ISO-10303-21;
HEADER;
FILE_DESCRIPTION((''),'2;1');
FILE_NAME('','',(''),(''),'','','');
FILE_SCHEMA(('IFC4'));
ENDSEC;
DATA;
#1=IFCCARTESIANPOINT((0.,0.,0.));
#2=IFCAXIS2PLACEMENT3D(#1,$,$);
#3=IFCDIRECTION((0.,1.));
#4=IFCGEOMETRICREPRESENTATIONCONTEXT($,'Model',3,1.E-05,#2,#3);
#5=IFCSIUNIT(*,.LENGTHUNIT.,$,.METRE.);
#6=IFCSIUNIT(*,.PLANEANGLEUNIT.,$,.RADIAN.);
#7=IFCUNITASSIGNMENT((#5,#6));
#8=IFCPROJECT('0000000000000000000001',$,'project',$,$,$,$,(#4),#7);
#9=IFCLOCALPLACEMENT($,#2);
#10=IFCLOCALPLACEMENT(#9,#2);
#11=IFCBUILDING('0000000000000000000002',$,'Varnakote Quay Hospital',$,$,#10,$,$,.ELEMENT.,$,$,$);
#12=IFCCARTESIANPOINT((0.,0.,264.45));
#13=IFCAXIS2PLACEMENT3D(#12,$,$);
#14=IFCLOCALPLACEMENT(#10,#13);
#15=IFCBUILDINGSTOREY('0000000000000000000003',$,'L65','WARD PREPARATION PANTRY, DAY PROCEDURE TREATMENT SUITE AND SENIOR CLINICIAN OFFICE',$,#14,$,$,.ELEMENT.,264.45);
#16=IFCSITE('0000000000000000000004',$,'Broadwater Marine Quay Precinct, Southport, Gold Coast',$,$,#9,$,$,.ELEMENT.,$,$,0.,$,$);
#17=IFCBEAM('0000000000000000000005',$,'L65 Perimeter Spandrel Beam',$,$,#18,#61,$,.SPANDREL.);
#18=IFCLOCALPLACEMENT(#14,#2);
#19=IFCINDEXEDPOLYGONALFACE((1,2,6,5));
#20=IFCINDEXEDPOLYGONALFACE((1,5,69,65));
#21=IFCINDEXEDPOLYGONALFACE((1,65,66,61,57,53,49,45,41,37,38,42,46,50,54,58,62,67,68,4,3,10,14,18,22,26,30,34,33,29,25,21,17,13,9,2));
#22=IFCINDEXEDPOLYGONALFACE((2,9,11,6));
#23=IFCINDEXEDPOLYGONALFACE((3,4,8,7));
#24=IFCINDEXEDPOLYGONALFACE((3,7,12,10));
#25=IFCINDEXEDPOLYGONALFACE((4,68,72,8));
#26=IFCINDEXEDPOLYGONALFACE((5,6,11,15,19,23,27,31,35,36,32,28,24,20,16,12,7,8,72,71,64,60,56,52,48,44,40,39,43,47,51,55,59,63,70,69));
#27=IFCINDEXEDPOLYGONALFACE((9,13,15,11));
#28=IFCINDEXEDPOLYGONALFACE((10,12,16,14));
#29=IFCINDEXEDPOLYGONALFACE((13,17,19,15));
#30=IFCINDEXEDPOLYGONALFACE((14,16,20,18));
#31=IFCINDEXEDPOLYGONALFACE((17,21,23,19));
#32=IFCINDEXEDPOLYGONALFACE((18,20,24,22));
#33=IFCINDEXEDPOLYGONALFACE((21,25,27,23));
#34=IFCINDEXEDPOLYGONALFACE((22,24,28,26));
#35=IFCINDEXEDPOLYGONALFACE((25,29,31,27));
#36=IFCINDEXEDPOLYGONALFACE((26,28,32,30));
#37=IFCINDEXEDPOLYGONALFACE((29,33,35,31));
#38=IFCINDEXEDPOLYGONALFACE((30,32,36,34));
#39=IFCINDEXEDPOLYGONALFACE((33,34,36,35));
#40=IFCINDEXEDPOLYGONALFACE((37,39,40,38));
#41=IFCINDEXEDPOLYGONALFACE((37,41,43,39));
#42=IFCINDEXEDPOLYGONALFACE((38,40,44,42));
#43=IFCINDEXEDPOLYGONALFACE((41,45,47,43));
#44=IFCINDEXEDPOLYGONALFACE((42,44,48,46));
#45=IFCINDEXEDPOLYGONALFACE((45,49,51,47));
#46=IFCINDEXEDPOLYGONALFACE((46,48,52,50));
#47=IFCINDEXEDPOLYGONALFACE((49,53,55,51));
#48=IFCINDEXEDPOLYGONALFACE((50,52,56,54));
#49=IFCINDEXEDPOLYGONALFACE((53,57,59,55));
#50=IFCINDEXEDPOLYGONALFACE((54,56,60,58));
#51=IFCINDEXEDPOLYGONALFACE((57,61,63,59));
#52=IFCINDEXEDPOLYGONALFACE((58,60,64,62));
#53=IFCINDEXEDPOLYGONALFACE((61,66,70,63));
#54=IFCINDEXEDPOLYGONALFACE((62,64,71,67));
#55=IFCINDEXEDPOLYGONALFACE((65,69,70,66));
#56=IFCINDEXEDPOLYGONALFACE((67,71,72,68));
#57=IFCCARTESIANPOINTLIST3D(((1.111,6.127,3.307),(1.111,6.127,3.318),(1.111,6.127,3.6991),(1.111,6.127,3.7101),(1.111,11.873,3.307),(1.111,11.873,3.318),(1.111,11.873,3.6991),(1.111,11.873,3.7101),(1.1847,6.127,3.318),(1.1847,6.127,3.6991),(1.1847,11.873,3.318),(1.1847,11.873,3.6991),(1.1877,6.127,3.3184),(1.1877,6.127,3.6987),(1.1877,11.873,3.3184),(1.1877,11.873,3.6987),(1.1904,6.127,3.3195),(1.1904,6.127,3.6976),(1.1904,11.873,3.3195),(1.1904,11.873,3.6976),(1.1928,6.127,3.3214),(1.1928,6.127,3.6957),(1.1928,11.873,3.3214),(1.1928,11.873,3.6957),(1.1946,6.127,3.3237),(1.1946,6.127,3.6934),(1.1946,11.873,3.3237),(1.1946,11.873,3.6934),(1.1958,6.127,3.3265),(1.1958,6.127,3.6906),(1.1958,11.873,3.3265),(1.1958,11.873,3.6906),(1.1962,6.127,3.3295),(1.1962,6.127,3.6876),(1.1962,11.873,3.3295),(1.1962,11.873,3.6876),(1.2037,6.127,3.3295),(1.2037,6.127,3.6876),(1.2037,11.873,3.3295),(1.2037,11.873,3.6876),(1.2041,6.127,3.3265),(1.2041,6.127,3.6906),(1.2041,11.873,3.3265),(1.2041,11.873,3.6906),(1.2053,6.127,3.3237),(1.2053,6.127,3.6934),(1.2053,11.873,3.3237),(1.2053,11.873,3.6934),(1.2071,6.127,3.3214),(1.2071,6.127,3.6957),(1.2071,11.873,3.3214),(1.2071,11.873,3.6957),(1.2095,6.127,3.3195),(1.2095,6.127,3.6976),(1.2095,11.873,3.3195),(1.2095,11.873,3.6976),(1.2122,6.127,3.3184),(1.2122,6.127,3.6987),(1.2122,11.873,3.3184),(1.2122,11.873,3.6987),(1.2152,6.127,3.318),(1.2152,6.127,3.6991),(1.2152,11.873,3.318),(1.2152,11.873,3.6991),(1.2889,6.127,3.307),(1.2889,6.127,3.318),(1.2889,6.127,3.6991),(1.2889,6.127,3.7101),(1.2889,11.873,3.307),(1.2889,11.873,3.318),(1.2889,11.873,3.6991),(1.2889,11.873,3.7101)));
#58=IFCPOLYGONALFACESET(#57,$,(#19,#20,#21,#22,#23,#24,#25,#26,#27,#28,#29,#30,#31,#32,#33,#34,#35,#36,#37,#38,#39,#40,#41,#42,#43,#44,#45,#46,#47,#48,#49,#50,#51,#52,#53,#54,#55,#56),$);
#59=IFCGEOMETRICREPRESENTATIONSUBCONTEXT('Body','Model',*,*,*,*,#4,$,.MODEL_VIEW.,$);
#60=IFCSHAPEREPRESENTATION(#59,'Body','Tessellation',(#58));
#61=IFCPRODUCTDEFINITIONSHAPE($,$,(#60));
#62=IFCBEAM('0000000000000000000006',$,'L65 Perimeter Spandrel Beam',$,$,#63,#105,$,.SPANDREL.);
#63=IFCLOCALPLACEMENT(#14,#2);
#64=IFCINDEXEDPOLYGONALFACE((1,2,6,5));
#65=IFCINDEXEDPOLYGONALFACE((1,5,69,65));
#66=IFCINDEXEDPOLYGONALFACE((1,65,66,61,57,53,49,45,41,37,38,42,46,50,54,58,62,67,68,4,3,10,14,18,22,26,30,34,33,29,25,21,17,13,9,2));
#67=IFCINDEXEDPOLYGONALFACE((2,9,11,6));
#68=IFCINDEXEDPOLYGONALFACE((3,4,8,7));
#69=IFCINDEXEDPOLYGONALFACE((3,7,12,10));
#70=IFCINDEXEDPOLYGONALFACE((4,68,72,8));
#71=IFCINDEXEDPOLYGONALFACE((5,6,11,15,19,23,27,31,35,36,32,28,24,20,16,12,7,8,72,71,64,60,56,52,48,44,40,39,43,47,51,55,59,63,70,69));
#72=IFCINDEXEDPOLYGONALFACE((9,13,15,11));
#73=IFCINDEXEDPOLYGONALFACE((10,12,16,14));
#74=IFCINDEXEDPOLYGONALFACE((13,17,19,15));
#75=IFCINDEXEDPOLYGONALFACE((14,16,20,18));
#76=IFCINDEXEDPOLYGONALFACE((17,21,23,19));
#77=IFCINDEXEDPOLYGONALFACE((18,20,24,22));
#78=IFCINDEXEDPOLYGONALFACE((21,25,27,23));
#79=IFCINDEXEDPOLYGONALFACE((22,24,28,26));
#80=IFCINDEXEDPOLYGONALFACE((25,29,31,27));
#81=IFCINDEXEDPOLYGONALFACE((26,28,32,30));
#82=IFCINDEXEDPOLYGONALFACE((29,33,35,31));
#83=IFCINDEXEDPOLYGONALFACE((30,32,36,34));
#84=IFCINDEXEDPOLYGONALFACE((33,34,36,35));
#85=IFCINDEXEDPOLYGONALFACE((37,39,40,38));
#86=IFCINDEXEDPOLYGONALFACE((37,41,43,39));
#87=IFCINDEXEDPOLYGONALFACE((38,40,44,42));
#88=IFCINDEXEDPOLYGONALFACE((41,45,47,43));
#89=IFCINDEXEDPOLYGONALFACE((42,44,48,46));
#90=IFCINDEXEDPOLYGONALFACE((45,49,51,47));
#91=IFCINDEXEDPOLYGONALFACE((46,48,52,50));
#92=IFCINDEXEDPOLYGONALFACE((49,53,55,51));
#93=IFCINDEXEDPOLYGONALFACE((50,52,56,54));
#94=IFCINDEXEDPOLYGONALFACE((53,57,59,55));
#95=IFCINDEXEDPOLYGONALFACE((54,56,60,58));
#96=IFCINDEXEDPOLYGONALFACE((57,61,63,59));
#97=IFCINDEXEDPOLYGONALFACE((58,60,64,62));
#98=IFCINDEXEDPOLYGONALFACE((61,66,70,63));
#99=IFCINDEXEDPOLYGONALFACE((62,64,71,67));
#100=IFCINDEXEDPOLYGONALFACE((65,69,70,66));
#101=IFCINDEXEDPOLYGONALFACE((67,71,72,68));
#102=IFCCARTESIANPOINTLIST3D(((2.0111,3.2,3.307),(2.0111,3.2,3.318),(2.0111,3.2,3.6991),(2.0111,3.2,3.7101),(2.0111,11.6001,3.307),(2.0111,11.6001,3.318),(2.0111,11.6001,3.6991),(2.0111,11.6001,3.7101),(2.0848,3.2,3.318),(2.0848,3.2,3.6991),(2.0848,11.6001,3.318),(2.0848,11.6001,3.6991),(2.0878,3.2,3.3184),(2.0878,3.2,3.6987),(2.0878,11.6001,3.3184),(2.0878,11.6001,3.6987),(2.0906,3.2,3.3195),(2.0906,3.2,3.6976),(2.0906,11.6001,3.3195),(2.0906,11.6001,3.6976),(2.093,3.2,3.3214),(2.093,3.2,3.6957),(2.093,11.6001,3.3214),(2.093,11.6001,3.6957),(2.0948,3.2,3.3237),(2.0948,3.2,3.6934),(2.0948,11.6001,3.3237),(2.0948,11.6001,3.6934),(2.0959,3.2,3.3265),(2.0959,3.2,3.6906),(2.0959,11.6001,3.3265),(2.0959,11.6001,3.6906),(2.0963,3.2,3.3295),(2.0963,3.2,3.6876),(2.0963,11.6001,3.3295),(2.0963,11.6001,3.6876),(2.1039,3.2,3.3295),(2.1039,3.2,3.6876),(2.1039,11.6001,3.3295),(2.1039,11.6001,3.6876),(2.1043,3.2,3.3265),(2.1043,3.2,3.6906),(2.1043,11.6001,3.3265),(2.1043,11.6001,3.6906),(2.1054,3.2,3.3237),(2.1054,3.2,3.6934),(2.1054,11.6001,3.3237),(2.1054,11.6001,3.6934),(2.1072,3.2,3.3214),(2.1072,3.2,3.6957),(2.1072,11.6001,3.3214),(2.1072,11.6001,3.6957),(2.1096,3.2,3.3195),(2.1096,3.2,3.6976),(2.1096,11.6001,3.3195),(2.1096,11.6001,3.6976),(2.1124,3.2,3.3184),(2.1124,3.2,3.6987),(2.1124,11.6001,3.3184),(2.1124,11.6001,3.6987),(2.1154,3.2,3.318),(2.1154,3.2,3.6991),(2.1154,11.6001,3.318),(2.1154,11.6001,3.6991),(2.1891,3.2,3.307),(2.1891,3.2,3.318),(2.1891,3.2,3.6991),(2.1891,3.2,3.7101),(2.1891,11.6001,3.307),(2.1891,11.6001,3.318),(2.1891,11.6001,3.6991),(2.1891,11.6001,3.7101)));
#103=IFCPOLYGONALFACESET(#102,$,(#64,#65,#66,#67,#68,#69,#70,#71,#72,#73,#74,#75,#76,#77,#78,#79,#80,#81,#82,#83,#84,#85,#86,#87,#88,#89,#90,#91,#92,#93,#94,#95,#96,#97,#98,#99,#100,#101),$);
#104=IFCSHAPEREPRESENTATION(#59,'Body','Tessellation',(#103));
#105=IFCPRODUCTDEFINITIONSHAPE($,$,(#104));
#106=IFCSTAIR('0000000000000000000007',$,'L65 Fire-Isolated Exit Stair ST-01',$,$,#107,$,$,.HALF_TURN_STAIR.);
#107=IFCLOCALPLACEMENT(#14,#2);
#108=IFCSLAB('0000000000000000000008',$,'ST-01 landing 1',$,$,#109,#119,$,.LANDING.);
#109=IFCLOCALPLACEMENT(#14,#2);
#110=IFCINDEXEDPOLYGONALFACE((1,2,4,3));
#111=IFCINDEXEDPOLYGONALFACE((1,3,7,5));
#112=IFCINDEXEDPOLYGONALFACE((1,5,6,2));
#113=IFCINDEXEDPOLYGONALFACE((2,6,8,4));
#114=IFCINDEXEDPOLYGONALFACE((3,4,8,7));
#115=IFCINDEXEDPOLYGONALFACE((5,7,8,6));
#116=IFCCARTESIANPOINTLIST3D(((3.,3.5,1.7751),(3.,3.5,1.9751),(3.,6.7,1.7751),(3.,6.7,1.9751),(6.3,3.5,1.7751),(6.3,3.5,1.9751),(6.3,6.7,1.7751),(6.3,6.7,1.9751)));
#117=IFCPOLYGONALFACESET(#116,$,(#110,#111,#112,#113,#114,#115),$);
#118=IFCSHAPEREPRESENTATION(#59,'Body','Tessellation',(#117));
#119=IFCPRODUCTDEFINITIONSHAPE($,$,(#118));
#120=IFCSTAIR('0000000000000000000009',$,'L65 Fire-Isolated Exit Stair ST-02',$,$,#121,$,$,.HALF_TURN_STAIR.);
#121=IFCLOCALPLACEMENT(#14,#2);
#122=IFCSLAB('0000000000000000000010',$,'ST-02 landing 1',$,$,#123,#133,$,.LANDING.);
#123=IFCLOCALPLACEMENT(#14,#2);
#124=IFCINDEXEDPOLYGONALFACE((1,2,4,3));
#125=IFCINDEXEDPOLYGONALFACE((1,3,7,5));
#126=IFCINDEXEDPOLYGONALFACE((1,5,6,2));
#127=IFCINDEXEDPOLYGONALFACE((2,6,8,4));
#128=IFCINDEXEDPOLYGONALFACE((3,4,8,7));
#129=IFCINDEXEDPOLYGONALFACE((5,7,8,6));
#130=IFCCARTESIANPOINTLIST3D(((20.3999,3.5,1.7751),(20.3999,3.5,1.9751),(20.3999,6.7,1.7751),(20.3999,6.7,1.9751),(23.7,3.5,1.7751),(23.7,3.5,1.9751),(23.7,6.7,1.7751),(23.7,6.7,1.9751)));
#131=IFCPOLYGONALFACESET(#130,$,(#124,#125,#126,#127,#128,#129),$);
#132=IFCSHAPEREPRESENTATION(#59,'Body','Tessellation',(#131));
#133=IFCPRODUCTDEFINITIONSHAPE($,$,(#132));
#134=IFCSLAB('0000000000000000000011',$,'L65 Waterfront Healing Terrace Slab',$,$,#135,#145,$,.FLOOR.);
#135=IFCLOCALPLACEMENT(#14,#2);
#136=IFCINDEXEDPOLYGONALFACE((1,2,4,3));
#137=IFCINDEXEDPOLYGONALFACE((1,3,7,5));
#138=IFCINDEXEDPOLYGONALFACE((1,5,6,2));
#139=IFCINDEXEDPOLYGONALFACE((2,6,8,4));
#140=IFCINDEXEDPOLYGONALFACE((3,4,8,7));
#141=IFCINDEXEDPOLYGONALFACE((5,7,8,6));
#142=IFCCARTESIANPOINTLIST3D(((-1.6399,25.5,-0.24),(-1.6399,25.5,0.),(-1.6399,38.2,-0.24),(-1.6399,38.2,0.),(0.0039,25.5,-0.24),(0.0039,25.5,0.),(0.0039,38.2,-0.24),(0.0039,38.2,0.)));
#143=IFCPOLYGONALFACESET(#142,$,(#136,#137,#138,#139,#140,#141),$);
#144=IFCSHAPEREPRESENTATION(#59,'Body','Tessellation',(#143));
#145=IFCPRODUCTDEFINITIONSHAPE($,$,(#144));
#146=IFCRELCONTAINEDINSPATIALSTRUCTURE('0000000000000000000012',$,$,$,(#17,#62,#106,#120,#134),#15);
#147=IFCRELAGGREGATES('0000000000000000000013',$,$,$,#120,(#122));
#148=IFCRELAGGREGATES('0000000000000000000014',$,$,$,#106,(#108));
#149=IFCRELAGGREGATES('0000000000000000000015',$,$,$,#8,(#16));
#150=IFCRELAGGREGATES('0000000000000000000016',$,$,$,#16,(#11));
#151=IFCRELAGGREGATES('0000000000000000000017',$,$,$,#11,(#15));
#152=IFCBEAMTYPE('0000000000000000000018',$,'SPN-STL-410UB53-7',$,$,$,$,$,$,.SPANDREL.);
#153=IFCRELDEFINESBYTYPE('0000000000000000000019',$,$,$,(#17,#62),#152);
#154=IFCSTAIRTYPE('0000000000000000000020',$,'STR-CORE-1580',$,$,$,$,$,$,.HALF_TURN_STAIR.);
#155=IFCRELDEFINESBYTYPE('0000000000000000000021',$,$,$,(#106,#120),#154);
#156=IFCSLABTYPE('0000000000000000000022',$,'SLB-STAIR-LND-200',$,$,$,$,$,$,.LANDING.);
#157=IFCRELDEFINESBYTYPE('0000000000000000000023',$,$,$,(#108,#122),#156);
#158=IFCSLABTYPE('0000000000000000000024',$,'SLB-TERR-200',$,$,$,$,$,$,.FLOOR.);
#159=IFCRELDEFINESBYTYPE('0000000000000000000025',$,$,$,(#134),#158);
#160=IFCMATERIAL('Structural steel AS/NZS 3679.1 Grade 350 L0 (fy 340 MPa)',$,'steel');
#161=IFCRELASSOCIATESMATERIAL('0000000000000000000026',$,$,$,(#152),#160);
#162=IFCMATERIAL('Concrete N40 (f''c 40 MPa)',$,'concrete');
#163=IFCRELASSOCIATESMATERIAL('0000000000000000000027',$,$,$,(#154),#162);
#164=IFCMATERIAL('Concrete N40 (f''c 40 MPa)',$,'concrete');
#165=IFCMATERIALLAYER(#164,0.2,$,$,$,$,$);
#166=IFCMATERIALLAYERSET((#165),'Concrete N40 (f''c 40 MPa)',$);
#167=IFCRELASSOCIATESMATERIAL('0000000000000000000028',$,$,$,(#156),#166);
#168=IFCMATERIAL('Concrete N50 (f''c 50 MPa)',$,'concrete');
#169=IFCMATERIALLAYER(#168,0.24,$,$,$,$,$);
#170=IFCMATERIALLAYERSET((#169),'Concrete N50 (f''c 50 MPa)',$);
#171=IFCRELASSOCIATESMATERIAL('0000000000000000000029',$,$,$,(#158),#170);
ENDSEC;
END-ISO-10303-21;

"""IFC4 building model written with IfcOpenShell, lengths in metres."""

from ifc_helpers import new_model, si_unit, direction, frame, origin, origin_2d, place, context, subcontext, project, spatial, polyline, i_section, outline, extrude, material, layer, layer_set, material_profile, profile_set, type_object, element, aggregate, save


model = new_model("IFC4")

# Units and contexts
model_context = context("Model", 3, precision=1e-05, world=origin(), true_north=direction((0.0, 1.0)))
body_context = subcontext(model_context, "Body", "Model", "MODEL_VIEW")
ifc_project = project(units=[si_unit("LENGTHUNIT", "METRE"), si_unit("PLANEANGLEUNIT", "RADIAN")], contexts=[model_context])

# Site, building, storey
site_placement = place(None, origin())
site = spatial("IfcSite", under=ifc_project, at=site_placement, Name="Broadwater Marine Quay Precinct, Southport, Gold Coast", CompositionType="ELEMENT", RefElevation=0.0)
building_placement = place(site_placement, origin())
building = spatial("IfcBuilding", under=site, at=building_placement, Name="Varnakote Quay Hospital", CompositionType="ELEMENT")
storey_placement = place(building_placement, frame((0.0, 0.0, 264.45)))
storey = spatial("IfcBuildingStorey", under=building, at=storey_placement, Name="L65", Description="WARD PREPARATION PANTRY, DAY PROCEDURE TREATMENT SUITE AND SENIOR CLINICIAN OFFICE", CompositionType="ELEMENT", Elevation=264.45)

# Beams
ifc_material_1 = material(Name="Structural steel AS/NZS 3679.1 Grade 350 L0 (fy 340 MPa)", Category="steel")
ifc_material_profile_1 = material_profile(ifc_material_1, i_section(OverallWidth=0.178, OverallDepth=0.4031, WebThickness=0.0076, FlangeThickness=0.011, FilletRadius=0.0115, at=origin_2d()), Name="410UB53.7")
ifc_profile_set_1 = profile_set([ifc_material_profile_1], Name="Structural steel AS/NZS 3679.1 Grade 350 L0 (fy 340 MPa)")
beam_type_1 = type_object("IfcBeamType", Name="SPN-STL-410UB53-7", PredefinedType="SPANDREL", material=ifc_profile_set_1)
beam_1_placement = place(storey_placement, frame((1.2, 6.127, 3.5085), z_axis=(0.0, 1.0, 0.0), x_axis=(-1.0, 0.0, 0.0)))
element("IfcBeam", 1, at=beam_1_placement, inside=storey, type_object=beam_type_1, Name="L65 Perimeter Spandrel Beam", PredefinedType="SPANDREL", context=body_context, shape_type="SweptSolid", body=[
    extrude(i_section(OverallWidth=0.178, OverallDepth=0.4031, WebThickness=0.0076, FlangeThickness=0.011, FilletRadius=0.0115, at=origin_2d()), origin(), (0.0, 0.0, 1.0), 5.7461),
])
beam_2_placement = place(storey_placement, frame((2.1001, 3.2, 3.5085), z_axis=(0.0, 1.0, 0.0), x_axis=(-1.0, 0.0, 0.0)))
element("IfcBeam", 2, at=beam_2_placement, inside=storey, type_object=beam_type_1, Name="L65 Perimeter Spandrel Beam", PredefinedType="SPANDREL", context=body_context, shape_type="SweptSolid", body=[
    extrude(i_section(OverallWidth=0.178, OverallDepth=0.4031, WebThickness=0.0076, FlangeThickness=0.011, FilletRadius=0.0115, at=origin_2d()), origin(), (0.0, 0.0, 1.0), 8.4001),
])

# Stairs, slabs
ifc_material_2 = material(Name="Concrete N40 (f'c 40 MPa)", Category="concrete")
stair_type = type_object("IfcStairType", Name="STR-CORE-1580", PredefinedType="HALF_TURN_STAIR", material=ifc_material_2)
stair_1_placement = place(storey_placement, origin())
stair_1 = element("IfcStair", 3, at=stair_1_placement, inside=storey, type_object=stair_type, Name="L65 Fire-Isolated Exit Stair ST-01", PredefinedType="HALF_TURN_STAIR")
ifc_material_3 = material(Name="Concrete N40 (f'c 40 MPa)", Category="concrete")
ifc_layer_1 = layer(ifc_material_3, 0.2)
ifc_layer_set_1 = layer_set([ifc_layer_1], Name="Concrete N40 (f'c 40 MPa)")
slab_type_1 = type_object("IfcSlabType", Name="SLB-STAIR-LND-200", PredefinedType="LANDING", material=ifc_layer_set_1)
slab_1_placement = place(storey_placement, frame((0.0, 0.0, 1.7751)))
slab_1 = element("IfcSlab", 4, at=slab_1_placement, type_object=slab_type_1, Name="ST-01 landing 1", PredefinedType="LANDING", context=body_context, shape_type="SweptSolid", body=[
    extrude(outline(polyline([(3.0, 6.7), (3.0, 3.5), (6.3, 3.5), (6.3, 6.7), (3.0, 6.7)])), origin(), (0.0, 0.0, 1.0), 0.2),
])
stair_2_placement = place(storey_placement, origin())
stair_2 = element("IfcStair", 5, at=stair_2_placement, inside=storey, type_object=stair_type, Name="L65 Fire-Isolated Exit Stair ST-02", PredefinedType="HALF_TURN_STAIR")
slab_2_placement = place(storey_placement, frame((0.0, 0.0, 1.7751)))
slab_2 = element("IfcSlab", 6, at=slab_2_placement, type_object=slab_type_1, Name="ST-02 landing 1", PredefinedType="LANDING", context=body_context, shape_type="SweptSolid", body=[
    extrude(outline(polyline([(20.3999, 6.7), (20.3999, 3.5), (23.7, 3.5), (23.7, 6.7), (20.3999, 6.7)])), origin(), (0.0, 0.0, 1.0), 0.2),
])
aggregate(stair_2, [slab_2])

# Slab
ifc_material_4 = material(Name="Concrete N50 (f'c 50 MPa)", Category="concrete")
ifc_layer_2 = layer(ifc_material_4, 0.24)
ifc_layer_set_2 = layer_set([ifc_layer_2], Name="Concrete N50 (f'c 50 MPa)")
slab_type_2 = type_object("IfcSlabType", Name="SLB-TERR-200", PredefinedType="FLOOR", material=ifc_layer_set_2)
slab_3_placement = place(storey_placement, frame((0.0, 0.0, -0.24)))
element("IfcSlab", 7, at=slab_3_placement, inside=storey, type_object=slab_type_2, Name="L65 Waterfront Healing Terrace Slab", PredefinedType="FLOOR", context=body_context, shape_type="SweptSolid", body=[
    extrude(outline(polyline([(0.0039, 25.5), (0.0039, 38.2), (-1.6399, 38.2), (-1.6399, 25.5), (0.0039, 25.5)])), origin(), (0.0, 0.0, 1.0), 0.24),
])

aggregate(stair_1, [slab_1])

save(model, "model.ifc")
